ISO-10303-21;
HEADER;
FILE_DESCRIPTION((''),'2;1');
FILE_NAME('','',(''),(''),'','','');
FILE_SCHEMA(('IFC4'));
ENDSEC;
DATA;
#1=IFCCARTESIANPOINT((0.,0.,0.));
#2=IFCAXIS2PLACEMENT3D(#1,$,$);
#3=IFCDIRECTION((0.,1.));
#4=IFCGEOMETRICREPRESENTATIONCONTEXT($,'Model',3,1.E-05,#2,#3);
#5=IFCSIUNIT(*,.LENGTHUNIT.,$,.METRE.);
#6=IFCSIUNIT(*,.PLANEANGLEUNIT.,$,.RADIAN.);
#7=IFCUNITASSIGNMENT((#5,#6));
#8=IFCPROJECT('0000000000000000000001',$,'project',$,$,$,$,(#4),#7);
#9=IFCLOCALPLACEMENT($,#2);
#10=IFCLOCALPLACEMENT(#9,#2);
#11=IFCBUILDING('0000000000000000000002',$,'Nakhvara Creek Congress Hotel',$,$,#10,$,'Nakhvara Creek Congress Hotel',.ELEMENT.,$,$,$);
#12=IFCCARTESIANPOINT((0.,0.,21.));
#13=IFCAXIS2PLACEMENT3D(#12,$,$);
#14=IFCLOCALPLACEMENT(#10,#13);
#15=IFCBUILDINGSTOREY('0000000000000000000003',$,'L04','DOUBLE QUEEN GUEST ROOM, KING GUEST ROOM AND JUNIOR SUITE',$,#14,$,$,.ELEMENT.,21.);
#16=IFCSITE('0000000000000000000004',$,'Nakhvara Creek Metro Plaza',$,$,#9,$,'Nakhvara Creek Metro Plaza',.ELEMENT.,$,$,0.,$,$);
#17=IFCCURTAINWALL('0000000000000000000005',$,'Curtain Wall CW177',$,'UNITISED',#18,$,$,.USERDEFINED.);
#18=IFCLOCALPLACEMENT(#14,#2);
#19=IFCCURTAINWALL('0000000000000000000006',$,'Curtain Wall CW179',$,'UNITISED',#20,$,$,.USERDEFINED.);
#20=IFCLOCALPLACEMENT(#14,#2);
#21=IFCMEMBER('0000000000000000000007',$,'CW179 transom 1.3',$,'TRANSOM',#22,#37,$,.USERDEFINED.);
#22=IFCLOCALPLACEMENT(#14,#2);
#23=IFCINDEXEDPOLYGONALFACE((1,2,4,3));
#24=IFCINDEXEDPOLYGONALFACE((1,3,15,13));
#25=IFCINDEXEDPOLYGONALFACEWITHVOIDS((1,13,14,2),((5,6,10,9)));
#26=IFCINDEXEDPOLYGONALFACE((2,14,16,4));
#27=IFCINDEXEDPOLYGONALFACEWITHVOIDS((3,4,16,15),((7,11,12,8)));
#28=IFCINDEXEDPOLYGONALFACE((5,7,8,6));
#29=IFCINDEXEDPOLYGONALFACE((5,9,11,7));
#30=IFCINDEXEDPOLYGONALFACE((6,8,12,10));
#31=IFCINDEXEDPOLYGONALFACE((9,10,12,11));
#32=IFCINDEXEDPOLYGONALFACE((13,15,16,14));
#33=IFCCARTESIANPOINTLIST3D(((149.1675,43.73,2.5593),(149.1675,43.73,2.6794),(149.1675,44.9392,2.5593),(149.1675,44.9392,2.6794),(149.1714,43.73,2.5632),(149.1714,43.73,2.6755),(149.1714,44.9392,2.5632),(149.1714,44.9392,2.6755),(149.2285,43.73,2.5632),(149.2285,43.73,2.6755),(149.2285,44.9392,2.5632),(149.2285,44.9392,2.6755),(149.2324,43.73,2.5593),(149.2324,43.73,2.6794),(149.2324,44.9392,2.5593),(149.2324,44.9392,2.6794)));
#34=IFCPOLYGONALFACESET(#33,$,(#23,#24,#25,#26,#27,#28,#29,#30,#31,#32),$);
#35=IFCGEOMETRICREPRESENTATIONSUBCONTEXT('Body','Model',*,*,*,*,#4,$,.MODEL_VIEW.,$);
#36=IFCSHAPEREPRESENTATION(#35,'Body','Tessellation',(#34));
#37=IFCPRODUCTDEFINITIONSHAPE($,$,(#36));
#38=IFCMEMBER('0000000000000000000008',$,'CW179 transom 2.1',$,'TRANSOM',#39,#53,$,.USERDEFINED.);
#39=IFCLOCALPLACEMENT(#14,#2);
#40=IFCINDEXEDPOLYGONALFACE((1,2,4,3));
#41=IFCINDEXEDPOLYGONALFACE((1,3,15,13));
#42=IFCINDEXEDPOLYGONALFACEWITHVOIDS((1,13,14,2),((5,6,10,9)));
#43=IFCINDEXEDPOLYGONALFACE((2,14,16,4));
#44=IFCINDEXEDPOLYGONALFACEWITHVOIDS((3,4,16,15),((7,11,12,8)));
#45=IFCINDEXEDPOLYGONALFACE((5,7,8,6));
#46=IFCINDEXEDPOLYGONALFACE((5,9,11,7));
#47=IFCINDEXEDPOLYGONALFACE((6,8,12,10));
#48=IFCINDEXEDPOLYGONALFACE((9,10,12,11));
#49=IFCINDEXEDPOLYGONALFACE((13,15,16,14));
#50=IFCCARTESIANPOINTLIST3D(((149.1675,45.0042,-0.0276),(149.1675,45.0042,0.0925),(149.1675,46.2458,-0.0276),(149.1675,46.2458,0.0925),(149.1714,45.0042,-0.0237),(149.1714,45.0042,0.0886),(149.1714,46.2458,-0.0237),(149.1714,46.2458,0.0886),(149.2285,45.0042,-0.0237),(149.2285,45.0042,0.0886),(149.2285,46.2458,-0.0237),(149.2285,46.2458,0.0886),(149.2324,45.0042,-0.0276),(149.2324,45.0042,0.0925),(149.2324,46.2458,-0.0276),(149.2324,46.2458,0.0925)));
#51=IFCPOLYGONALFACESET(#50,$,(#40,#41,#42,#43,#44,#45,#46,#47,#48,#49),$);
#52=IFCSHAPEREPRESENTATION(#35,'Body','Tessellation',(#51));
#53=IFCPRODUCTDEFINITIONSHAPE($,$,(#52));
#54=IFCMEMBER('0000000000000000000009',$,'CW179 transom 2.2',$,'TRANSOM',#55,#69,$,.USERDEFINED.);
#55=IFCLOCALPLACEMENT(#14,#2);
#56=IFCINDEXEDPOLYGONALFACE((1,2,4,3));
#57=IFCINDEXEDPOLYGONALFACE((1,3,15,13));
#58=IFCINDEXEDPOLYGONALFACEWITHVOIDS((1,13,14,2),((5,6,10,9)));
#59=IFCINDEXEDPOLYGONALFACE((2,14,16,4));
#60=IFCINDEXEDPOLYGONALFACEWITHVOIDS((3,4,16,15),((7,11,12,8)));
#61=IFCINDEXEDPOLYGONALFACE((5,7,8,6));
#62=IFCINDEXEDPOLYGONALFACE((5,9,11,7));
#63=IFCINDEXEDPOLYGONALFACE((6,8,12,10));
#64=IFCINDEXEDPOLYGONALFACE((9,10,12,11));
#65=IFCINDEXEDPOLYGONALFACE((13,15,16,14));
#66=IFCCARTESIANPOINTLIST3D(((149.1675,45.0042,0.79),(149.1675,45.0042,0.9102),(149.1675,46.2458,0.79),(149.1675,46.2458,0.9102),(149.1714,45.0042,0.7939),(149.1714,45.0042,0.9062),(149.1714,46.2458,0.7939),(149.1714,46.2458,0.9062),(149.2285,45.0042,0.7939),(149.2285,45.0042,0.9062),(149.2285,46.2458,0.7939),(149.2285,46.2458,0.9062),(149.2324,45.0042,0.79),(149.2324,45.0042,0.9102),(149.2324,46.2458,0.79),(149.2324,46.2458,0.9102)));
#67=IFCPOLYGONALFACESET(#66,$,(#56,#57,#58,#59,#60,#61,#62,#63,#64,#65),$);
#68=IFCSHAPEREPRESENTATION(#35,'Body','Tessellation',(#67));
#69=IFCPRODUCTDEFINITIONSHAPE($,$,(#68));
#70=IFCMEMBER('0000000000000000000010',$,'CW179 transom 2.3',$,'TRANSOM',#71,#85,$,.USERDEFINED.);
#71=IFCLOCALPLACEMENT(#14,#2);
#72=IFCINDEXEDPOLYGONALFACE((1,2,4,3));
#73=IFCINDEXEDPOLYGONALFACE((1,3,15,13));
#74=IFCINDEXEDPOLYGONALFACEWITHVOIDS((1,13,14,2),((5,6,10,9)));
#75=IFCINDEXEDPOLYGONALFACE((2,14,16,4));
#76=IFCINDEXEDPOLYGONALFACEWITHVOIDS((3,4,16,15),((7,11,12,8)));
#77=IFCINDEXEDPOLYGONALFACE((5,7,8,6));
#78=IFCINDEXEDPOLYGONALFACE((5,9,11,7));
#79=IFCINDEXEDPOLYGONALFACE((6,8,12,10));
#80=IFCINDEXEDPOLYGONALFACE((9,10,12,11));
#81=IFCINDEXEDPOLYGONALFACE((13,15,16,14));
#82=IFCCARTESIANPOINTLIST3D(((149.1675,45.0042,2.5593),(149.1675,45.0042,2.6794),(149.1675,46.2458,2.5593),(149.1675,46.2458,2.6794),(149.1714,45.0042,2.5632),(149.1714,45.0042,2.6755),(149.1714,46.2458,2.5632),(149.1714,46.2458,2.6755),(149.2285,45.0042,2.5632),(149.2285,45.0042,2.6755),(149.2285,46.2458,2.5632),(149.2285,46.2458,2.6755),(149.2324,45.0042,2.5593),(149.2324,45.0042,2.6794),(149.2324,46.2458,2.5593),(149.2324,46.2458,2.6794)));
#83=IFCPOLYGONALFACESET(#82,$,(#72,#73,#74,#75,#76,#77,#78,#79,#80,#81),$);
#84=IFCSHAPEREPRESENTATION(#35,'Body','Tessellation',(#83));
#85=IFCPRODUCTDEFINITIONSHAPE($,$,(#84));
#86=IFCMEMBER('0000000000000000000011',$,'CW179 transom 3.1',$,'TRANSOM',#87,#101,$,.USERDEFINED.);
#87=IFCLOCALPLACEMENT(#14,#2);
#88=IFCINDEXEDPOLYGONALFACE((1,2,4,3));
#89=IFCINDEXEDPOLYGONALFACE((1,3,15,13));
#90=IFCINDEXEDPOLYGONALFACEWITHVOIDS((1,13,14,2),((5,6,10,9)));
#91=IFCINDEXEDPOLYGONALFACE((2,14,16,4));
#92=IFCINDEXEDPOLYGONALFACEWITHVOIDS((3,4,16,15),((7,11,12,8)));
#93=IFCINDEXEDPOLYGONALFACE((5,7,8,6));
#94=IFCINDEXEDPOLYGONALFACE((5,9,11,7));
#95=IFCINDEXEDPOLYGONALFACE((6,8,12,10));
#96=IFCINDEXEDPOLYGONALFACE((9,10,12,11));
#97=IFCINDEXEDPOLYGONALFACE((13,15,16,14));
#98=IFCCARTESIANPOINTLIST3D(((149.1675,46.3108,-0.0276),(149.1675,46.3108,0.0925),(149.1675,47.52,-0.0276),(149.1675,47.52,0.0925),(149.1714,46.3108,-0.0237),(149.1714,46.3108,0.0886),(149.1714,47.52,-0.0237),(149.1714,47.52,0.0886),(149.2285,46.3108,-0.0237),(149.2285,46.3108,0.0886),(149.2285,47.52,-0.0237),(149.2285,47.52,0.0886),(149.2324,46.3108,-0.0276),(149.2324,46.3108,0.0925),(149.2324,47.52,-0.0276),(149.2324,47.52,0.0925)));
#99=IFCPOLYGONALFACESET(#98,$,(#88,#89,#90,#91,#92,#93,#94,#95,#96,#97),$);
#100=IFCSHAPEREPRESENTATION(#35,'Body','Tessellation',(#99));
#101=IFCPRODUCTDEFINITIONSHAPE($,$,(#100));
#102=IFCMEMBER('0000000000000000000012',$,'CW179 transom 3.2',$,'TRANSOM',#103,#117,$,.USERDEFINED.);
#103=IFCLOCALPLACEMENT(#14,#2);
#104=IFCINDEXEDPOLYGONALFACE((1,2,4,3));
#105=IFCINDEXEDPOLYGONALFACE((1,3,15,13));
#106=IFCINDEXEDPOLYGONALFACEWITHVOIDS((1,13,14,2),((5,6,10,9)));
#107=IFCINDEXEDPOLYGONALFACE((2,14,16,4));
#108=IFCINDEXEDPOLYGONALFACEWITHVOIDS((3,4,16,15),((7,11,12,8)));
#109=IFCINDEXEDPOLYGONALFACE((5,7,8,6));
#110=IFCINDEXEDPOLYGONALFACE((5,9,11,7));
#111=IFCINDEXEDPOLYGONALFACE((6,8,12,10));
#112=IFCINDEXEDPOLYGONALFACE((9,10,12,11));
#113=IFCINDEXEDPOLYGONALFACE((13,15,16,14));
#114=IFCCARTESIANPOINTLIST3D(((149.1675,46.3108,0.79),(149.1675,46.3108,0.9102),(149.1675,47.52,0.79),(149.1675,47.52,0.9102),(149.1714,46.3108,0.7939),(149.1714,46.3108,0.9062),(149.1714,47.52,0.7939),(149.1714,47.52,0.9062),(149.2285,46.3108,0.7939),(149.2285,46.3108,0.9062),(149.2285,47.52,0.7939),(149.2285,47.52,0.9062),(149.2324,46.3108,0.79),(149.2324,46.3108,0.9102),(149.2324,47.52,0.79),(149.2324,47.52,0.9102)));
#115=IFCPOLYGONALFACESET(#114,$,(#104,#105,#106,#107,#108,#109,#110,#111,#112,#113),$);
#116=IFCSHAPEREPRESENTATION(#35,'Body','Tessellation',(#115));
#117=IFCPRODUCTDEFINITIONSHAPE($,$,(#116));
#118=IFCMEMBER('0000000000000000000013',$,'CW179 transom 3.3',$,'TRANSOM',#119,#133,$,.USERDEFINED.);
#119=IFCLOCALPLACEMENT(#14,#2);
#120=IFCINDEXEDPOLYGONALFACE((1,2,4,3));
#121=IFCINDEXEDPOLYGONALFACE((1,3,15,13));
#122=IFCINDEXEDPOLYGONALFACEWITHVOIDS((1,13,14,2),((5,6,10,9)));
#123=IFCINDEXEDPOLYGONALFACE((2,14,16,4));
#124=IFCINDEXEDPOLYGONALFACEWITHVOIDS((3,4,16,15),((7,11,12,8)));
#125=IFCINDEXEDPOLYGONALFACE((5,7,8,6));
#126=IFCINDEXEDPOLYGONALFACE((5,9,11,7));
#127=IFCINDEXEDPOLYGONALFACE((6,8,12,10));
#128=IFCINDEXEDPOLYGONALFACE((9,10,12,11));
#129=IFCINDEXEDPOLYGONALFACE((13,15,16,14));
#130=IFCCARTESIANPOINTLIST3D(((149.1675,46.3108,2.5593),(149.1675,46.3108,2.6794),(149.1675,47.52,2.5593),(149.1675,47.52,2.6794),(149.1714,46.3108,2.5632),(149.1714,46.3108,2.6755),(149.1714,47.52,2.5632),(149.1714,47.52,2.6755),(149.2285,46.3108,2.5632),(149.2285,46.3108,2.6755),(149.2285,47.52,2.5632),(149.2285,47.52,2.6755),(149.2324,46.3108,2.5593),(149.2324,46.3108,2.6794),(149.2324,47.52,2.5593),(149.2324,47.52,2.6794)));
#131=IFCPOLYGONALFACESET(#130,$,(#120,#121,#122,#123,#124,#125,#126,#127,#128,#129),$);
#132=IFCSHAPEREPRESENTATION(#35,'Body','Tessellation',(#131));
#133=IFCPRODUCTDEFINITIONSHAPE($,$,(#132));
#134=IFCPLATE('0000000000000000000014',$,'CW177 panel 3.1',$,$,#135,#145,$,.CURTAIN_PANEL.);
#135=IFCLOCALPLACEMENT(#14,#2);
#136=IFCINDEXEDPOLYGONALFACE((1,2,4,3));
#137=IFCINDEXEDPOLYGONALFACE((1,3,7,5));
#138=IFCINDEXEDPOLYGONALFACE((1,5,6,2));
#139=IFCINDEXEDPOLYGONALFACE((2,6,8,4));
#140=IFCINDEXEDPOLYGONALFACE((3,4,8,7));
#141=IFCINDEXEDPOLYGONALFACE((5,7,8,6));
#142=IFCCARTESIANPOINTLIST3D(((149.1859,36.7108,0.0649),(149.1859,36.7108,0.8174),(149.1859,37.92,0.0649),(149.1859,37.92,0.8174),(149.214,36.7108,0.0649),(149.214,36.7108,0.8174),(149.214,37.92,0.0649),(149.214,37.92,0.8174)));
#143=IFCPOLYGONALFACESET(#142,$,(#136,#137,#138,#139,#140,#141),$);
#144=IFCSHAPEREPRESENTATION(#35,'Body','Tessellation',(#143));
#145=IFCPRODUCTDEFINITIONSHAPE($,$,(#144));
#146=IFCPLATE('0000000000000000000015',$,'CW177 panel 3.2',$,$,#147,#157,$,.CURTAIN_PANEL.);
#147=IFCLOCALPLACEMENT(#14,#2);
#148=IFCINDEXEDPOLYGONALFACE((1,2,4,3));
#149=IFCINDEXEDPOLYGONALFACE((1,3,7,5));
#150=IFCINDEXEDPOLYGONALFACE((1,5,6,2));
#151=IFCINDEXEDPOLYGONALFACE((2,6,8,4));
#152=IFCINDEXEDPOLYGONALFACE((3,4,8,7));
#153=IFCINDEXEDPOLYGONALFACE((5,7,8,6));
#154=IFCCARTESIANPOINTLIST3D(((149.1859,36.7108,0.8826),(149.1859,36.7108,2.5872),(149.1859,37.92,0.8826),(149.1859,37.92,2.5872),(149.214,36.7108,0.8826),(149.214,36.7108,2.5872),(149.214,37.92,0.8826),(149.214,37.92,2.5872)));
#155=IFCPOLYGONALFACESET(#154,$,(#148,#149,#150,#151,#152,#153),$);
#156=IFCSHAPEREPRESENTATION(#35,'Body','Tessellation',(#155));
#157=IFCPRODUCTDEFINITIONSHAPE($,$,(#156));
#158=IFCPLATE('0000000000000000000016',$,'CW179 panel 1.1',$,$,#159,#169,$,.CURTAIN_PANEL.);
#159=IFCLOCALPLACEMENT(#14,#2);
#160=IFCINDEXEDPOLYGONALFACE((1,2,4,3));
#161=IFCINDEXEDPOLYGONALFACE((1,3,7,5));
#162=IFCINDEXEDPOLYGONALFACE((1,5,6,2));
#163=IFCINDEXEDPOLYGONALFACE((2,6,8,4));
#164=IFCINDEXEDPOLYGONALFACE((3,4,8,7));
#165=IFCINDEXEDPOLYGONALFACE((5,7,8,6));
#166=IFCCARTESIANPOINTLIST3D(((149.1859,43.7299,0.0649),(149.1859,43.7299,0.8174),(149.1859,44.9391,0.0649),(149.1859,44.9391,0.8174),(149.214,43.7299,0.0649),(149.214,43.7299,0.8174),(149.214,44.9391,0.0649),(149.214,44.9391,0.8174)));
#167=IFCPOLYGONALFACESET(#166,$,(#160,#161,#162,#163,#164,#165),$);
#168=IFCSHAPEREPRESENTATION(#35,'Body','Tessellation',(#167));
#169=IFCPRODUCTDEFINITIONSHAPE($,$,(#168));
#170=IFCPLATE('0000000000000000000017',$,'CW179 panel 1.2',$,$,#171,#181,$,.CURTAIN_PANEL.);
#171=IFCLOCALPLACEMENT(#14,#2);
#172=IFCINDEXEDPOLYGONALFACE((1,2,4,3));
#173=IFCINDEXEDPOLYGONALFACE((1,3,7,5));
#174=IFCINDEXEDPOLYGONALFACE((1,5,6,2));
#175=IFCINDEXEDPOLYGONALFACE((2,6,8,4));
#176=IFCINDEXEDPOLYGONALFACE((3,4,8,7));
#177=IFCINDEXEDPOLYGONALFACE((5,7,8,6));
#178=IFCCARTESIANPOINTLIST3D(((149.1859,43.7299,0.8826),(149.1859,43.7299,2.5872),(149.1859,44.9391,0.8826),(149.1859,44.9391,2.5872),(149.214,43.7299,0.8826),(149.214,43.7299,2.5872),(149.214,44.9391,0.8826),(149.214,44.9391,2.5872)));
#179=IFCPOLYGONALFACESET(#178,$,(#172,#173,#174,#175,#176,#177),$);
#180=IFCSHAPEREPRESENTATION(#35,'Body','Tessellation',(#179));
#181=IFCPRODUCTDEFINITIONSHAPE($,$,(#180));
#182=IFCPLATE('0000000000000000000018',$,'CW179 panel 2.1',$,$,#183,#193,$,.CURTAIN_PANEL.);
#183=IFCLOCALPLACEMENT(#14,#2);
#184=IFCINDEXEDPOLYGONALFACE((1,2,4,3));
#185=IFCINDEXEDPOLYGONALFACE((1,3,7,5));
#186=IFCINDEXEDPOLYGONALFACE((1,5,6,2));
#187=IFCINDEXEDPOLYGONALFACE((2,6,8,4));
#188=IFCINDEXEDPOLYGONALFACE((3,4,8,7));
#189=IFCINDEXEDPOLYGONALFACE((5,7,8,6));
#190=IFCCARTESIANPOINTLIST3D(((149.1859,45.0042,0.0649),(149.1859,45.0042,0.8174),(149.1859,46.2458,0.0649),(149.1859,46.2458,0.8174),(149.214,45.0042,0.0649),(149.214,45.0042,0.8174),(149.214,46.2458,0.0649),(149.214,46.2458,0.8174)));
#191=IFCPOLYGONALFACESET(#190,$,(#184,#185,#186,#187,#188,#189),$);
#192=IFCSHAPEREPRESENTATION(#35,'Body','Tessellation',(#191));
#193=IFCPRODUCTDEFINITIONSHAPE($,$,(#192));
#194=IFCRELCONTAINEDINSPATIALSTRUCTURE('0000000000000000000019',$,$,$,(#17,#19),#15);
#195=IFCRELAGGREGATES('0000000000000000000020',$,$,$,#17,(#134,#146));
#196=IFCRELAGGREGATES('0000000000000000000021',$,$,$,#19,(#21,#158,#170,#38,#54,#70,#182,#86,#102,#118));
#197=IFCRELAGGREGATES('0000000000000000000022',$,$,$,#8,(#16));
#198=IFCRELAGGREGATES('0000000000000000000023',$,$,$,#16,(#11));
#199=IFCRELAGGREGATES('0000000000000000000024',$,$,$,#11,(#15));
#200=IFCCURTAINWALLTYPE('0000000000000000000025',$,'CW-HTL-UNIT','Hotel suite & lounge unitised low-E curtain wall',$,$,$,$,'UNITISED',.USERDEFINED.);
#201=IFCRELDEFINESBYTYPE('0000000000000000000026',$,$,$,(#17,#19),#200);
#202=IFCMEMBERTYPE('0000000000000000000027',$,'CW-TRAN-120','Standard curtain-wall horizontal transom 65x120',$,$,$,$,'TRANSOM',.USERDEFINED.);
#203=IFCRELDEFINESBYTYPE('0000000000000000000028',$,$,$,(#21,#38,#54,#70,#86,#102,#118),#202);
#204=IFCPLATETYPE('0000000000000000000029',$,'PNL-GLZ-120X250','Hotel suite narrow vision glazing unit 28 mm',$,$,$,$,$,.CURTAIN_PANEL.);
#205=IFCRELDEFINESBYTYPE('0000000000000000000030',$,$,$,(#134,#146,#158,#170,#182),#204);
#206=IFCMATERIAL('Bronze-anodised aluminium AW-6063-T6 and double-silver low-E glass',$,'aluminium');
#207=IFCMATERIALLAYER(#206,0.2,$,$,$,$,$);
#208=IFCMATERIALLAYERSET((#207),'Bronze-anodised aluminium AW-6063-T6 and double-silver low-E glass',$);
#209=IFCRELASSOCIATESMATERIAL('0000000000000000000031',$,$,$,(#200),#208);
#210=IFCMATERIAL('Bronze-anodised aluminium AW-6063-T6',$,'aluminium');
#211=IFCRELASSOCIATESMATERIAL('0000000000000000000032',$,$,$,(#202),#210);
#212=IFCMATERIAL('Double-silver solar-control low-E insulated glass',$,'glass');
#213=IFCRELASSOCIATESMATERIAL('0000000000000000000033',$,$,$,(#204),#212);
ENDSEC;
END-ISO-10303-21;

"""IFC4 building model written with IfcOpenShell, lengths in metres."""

from ifc_helpers import new_model, si_unit, direction, frame, origin, origin_2d, place, context, subcontext, project, spatial, rectangle, hollow_rectangle, extrude, material, layer, layer_set, material_profile, profile_set, type_object, element, aggregate, save


model = new_model("IFC4")

# Units and contexts
model_context = context("Model", 3, precision=1e-05, world=origin(), true_north=direction((0.0, 1.0)))
body_context = subcontext(model_context, "Body", "Model", "MODEL_VIEW")
ifc_project = project(units=[si_unit("LENGTHUNIT", "METRE"), si_unit("PLANEANGLEUNIT", "RADIAN")], contexts=[model_context])

# Site, building, storey
site_placement = place(None, origin())
site = spatial("IfcSite", under=ifc_project, at=site_placement, Name="Nakhvara Creek Metro Plaza", LongName="Nakhvara Creek Metro Plaza", CompositionType="ELEMENT", RefElevation=0.0)
building_placement = place(site_placement, origin())
building = spatial("IfcBuilding", under=site, at=building_placement, Name="Nakhvara Creek Congress Hotel", LongName="Nakhvara Creek Congress Hotel", CompositionType="ELEMENT")
storey_placement = place(building_placement, frame((0.0, 0.0, 21.0)))
storey = spatial("IfcBuildingStorey", under=building, at=storey_placement, Name="L04", Description="DOUBLE QUEEN GUEST ROOM, KING GUEST ROOM AND JUNIOR SUITE", CompositionType="ELEMENT", Elevation=21.0)

# Curtain walls
ifc_material_1 = material(Name="Bronze-anodised aluminium AW-6063-T6 and double-silver low-E glass", Category="aluminium")
ifc_layer = layer(ifc_material_1, 0.2)
ifc_layer_set = layer_set([ifc_layer], Name="Bronze-anodised aluminium AW-6063-T6 and double-silver low-E glass")
curtain_wall_type = type_object("IfcCurtainWallType", Name="CW-HTL-UNIT", Description="Hotel suite & lounge unitised low-E curtain wall", ElementType="UNITISED", PredefinedType="USERDEFINED", material=ifc_layer_set)
curtain_wall_1_placement = place(storey_placement, origin())
curtain_wall_1 = element("IfcCurtainWall", 1, at=curtain_wall_1_placement, inside=storey, type_object=curtain_wall_type, Name="Curtain Wall CW177", ObjectType="UNITISED", PredefinedType="USERDEFINED")
ifc_material_2 = material(Name="Bronze-anodised aluminium AW-6063-T6", Category="aluminium")
curtain_wall_2_placement = place(storey_placement, origin())
curtain_wall_2 = element("IfcCurtainWall", 2, at=curtain_wall_2_placement, inside=storey, type_object=curtain_wall_type, Name="Curtain Wall CW179", ObjectType="UNITISED", PredefinedType="USERDEFINED")

# Members
ifc_material_profile_1 = material_profile(ifc_material_2, hollow_rectangle(XDim=0.0649, YDim=0.1201, WallThickness=0.0039, at=origin_2d()), Name="ALU-TRAN 65x120x4", Category="LoadBearing")
ifc_profile_set_1 = profile_set([ifc_material_profile_1], Name="Bronze-anodised aluminium AW-6063-T6")
member_type_1 = type_object("IfcMemberType", Name="CW-TRAN-120", Description="Standard curtain-wall horizontal transom 65x120", ElementType="TRANSOM", PredefinedType="USERDEFINED", material=ifc_profile_set_1)
member_1_placement = place(storey_placement, frame((149.2, 43.73, 2.6194), z_axis=(0.0, 1.0, 0.0), x_axis=(-1.0, 0.0, 0.0)))
member_1 = element("IfcMember", 3, at=member_1_placement, type_object=member_type_1, Name="CW179 transom 1.3", ObjectType="TRANSOM", PredefinedType="USERDEFINED", context=body_context, shape_type="SweptSolid", body=[
    extrude(hollow_rectangle(XDim=0.0649, YDim=0.1201, WallThickness=0.0039, at=origin_2d()), origin(), (0.0, 0.0, 1.0), 1.2092),
])
member_2_placement = place(storey_placement, frame((149.2, 45.0042, 0.0325), z_axis=(0.0, 1.0, 0.0), x_axis=(-1.0, 0.0, 0.0)))
member_2 = element("IfcMember", 4, at=member_2_placement, type_object=member_type_1, Name="CW179 transom 2.1", ObjectType="TRANSOM", PredefinedType="USERDEFINED", context=body_context, shape_type="SweptSolid", body=[
    extrude(hollow_rectangle(XDim=0.0649, YDim=0.1201, WallThickness=0.0039, at=origin_2d()), origin(), (0.0, 0.0, 1.0), 1.2417),
])
member_3_placement = place(storey_placement, frame((149.2, 45.0042, 0.8501), z_axis=(0.0, 1.0, 0.0), x_axis=(-1.0, 0.0, 0.0)))
member_3 = element("IfcMember", 5, at=member_3_placement, type_object=member_type_1, Name="CW179 transom 2.2", ObjectType="TRANSOM", PredefinedType="USERDEFINED", context=body_context, shape_type="SweptSolid", body=[
    extrude(hollow_rectangle(XDim=0.0649, YDim=0.1201, WallThickness=0.0039, at=origin_2d()), origin(), (0.0, 0.0, 1.0), 1.2417),
])
member_4_placement = place(storey_placement, frame((149.2, 45.0042, 2.6194), z_axis=(0.0, 1.0, 0.0), x_axis=(-1.0, 0.0, 0.0)))
member_4 = element("IfcMember", 6, at=member_4_placement, type_object=member_type_1, Name="CW179 transom 2.3", ObjectType="TRANSOM", PredefinedType="USERDEFINED", context=body_context, shape_type="SweptSolid", body=[
    extrude(hollow_rectangle(XDim=0.0649, YDim=0.1201, WallThickness=0.0039, at=origin_2d()), origin(), (0.0, 0.0, 1.0), 1.2417),
])
member_5_placement = place(storey_placement, frame((149.2, 46.3108, 0.0325), z_axis=(0.0, 1.0, 0.0), x_axis=(-1.0, 0.0, 0.0)))
member_5 = element("IfcMember", 7, at=member_5_placement, type_object=member_type_1, Name="CW179 transom 3.1", ObjectType="TRANSOM", PredefinedType="USERDEFINED", context=body_context, shape_type="SweptSolid", body=[
    extrude(hollow_rectangle(XDim=0.0649, YDim=0.1201, WallThickness=0.0039, at=origin_2d()), origin(), (0.0, 0.0, 1.0), 1.2092),
])
member_6_placement = place(storey_placement, frame((149.2, 46.3108, 0.8501), z_axis=(0.0, 1.0, 0.0), x_axis=(-1.0, 0.0, 0.0)))
member_6 = element("IfcMember", 8, at=member_6_placement, type_object=member_type_1, Name="CW179 transom 3.2", ObjectType="TRANSOM", PredefinedType="USERDEFINED", context=body_context, shape_type="SweptSolid", body=[
    extrude(hollow_rectangle(XDim=0.0649, YDim=0.1201, WallThickness=0.0039, at=origin_2d()), origin(), (0.0, 0.0, 1.0), 1.2092),
])
member_7_placement = place(storey_placement, frame((149.2, 46.3108, 2.6194), z_axis=(0.0, 1.0, 0.0), x_axis=(-1.0, 0.0, 0.0)))
member_7 = element("IfcMember", 9, at=member_7_placement, type_object=member_type_1, Name="CW179 transom 3.3", ObjectType="TRANSOM", PredefinedType="USERDEFINED", context=body_context, shape_type="SweptSolid", body=[
    extrude(hollow_rectangle(XDim=0.0649, YDim=0.1201, WallThickness=0.0039, at=origin_2d()), origin(), (0.0, 0.0, 1.0), 1.2092),
])

# Plates
ifc_material_3 = material(Name="Double-silver solar-control low-E insulated glass", Category="glass")
plate_type = type_object("IfcPlateType", Name="PNL-GLZ-120X250", Description="Hotel suite narrow vision glazing unit 28 mm", PredefinedType="CURTAIN_PANEL", material=ifc_material_3)
plate_1_placement = place(storey_placement, frame((149.2, 37.3154, 0.0649), z_axis=(0.0, 0.0, 1.0), x_axis=(0.0, 1.0, 0.0)))
plate_1 = element("IfcPlate", 10, at=plate_1_placement, type_object=plate_type, Name="CW177 panel 3.1", PredefinedType="CURTAIN_PANEL", context=body_context, shape_type="SweptSolid", body=[
    extrude(rectangle(XDim=1.2092, YDim=0.0281, at=origin_2d()), origin(), (0.0, 0.0, 1.0), 0.7524),
])
plate_2_placement = place(storey_placement, frame((149.2, 37.3154, 0.8826), z_axis=(0.0, 0.0, 1.0), x_axis=(0.0, 1.0, 0.0)))
plate_2 = element("IfcPlate", 11, at=plate_2_placement, type_object=plate_type, Name="CW177 panel 3.2", PredefinedType="CURTAIN_PANEL", context=body_context, shape_type="SweptSolid", body=[
    extrude(rectangle(XDim=1.2092, YDim=0.0281, at=origin_2d()), origin(), (0.0, 0.0, 1.0), 1.7046),
])
aggregate(curtain_wall_1, [plate_1, plate_2])
plate_3_placement = place(storey_placement, frame((149.2, 44.3345, 0.0649), z_axis=(0.0, 0.0, 1.0), x_axis=(0.0, 1.0, 0.0)))
plate_3 = element("IfcPlate", 12, at=plate_3_placement, type_object=plate_type, Name="CW179 panel 1.1", PredefinedType="CURTAIN_PANEL", context=body_context, shape_type="SweptSolid", body=[
    extrude(rectangle(XDim=1.2092, YDim=0.0281, at=origin_2d()), origin(), (0.0, 0.0, 1.0), 0.7524),
])
plate_4_placement = place(storey_placement, frame((149.2, 44.3345, 0.8826), z_axis=(0.0, 0.0, 1.0), x_axis=(0.0, 1.0, 0.0)))
plate_4 = element("IfcPlate", 13, at=plate_4_placement, type_object=plate_type, Name="CW179 panel 1.2", PredefinedType="CURTAIN_PANEL", context=body_context, shape_type="SweptSolid", body=[
    extrude(rectangle(XDim=1.2092, YDim=0.0281, at=origin_2d()), origin(), (0.0, 0.0, 1.0), 1.7046),
])
plate_5_placement = place(storey_placement, frame((149.2, 45.625, 0.0649), z_axis=(0.0, 0.0, 1.0), x_axis=(0.0, 1.0, 0.0)))
plate_5 = element("IfcPlate", 14, at=plate_5_placement, type_object=plate_type, Name="CW179 panel 2.1", PredefinedType="CURTAIN_PANEL", context=body_context, shape_type="SweptSolid", body=[
    extrude(rectangle(XDim=1.2417, YDim=0.0281, at=origin_2d()), origin(), (0.0, 0.0, 1.0), 0.7524),
])
aggregate(curtain_wall_2, [member_1, plate_3, plate_4, member_2, member_3, member_4, plate_5, member_5, member_6, member_7])

save(model, "model.ifc")
